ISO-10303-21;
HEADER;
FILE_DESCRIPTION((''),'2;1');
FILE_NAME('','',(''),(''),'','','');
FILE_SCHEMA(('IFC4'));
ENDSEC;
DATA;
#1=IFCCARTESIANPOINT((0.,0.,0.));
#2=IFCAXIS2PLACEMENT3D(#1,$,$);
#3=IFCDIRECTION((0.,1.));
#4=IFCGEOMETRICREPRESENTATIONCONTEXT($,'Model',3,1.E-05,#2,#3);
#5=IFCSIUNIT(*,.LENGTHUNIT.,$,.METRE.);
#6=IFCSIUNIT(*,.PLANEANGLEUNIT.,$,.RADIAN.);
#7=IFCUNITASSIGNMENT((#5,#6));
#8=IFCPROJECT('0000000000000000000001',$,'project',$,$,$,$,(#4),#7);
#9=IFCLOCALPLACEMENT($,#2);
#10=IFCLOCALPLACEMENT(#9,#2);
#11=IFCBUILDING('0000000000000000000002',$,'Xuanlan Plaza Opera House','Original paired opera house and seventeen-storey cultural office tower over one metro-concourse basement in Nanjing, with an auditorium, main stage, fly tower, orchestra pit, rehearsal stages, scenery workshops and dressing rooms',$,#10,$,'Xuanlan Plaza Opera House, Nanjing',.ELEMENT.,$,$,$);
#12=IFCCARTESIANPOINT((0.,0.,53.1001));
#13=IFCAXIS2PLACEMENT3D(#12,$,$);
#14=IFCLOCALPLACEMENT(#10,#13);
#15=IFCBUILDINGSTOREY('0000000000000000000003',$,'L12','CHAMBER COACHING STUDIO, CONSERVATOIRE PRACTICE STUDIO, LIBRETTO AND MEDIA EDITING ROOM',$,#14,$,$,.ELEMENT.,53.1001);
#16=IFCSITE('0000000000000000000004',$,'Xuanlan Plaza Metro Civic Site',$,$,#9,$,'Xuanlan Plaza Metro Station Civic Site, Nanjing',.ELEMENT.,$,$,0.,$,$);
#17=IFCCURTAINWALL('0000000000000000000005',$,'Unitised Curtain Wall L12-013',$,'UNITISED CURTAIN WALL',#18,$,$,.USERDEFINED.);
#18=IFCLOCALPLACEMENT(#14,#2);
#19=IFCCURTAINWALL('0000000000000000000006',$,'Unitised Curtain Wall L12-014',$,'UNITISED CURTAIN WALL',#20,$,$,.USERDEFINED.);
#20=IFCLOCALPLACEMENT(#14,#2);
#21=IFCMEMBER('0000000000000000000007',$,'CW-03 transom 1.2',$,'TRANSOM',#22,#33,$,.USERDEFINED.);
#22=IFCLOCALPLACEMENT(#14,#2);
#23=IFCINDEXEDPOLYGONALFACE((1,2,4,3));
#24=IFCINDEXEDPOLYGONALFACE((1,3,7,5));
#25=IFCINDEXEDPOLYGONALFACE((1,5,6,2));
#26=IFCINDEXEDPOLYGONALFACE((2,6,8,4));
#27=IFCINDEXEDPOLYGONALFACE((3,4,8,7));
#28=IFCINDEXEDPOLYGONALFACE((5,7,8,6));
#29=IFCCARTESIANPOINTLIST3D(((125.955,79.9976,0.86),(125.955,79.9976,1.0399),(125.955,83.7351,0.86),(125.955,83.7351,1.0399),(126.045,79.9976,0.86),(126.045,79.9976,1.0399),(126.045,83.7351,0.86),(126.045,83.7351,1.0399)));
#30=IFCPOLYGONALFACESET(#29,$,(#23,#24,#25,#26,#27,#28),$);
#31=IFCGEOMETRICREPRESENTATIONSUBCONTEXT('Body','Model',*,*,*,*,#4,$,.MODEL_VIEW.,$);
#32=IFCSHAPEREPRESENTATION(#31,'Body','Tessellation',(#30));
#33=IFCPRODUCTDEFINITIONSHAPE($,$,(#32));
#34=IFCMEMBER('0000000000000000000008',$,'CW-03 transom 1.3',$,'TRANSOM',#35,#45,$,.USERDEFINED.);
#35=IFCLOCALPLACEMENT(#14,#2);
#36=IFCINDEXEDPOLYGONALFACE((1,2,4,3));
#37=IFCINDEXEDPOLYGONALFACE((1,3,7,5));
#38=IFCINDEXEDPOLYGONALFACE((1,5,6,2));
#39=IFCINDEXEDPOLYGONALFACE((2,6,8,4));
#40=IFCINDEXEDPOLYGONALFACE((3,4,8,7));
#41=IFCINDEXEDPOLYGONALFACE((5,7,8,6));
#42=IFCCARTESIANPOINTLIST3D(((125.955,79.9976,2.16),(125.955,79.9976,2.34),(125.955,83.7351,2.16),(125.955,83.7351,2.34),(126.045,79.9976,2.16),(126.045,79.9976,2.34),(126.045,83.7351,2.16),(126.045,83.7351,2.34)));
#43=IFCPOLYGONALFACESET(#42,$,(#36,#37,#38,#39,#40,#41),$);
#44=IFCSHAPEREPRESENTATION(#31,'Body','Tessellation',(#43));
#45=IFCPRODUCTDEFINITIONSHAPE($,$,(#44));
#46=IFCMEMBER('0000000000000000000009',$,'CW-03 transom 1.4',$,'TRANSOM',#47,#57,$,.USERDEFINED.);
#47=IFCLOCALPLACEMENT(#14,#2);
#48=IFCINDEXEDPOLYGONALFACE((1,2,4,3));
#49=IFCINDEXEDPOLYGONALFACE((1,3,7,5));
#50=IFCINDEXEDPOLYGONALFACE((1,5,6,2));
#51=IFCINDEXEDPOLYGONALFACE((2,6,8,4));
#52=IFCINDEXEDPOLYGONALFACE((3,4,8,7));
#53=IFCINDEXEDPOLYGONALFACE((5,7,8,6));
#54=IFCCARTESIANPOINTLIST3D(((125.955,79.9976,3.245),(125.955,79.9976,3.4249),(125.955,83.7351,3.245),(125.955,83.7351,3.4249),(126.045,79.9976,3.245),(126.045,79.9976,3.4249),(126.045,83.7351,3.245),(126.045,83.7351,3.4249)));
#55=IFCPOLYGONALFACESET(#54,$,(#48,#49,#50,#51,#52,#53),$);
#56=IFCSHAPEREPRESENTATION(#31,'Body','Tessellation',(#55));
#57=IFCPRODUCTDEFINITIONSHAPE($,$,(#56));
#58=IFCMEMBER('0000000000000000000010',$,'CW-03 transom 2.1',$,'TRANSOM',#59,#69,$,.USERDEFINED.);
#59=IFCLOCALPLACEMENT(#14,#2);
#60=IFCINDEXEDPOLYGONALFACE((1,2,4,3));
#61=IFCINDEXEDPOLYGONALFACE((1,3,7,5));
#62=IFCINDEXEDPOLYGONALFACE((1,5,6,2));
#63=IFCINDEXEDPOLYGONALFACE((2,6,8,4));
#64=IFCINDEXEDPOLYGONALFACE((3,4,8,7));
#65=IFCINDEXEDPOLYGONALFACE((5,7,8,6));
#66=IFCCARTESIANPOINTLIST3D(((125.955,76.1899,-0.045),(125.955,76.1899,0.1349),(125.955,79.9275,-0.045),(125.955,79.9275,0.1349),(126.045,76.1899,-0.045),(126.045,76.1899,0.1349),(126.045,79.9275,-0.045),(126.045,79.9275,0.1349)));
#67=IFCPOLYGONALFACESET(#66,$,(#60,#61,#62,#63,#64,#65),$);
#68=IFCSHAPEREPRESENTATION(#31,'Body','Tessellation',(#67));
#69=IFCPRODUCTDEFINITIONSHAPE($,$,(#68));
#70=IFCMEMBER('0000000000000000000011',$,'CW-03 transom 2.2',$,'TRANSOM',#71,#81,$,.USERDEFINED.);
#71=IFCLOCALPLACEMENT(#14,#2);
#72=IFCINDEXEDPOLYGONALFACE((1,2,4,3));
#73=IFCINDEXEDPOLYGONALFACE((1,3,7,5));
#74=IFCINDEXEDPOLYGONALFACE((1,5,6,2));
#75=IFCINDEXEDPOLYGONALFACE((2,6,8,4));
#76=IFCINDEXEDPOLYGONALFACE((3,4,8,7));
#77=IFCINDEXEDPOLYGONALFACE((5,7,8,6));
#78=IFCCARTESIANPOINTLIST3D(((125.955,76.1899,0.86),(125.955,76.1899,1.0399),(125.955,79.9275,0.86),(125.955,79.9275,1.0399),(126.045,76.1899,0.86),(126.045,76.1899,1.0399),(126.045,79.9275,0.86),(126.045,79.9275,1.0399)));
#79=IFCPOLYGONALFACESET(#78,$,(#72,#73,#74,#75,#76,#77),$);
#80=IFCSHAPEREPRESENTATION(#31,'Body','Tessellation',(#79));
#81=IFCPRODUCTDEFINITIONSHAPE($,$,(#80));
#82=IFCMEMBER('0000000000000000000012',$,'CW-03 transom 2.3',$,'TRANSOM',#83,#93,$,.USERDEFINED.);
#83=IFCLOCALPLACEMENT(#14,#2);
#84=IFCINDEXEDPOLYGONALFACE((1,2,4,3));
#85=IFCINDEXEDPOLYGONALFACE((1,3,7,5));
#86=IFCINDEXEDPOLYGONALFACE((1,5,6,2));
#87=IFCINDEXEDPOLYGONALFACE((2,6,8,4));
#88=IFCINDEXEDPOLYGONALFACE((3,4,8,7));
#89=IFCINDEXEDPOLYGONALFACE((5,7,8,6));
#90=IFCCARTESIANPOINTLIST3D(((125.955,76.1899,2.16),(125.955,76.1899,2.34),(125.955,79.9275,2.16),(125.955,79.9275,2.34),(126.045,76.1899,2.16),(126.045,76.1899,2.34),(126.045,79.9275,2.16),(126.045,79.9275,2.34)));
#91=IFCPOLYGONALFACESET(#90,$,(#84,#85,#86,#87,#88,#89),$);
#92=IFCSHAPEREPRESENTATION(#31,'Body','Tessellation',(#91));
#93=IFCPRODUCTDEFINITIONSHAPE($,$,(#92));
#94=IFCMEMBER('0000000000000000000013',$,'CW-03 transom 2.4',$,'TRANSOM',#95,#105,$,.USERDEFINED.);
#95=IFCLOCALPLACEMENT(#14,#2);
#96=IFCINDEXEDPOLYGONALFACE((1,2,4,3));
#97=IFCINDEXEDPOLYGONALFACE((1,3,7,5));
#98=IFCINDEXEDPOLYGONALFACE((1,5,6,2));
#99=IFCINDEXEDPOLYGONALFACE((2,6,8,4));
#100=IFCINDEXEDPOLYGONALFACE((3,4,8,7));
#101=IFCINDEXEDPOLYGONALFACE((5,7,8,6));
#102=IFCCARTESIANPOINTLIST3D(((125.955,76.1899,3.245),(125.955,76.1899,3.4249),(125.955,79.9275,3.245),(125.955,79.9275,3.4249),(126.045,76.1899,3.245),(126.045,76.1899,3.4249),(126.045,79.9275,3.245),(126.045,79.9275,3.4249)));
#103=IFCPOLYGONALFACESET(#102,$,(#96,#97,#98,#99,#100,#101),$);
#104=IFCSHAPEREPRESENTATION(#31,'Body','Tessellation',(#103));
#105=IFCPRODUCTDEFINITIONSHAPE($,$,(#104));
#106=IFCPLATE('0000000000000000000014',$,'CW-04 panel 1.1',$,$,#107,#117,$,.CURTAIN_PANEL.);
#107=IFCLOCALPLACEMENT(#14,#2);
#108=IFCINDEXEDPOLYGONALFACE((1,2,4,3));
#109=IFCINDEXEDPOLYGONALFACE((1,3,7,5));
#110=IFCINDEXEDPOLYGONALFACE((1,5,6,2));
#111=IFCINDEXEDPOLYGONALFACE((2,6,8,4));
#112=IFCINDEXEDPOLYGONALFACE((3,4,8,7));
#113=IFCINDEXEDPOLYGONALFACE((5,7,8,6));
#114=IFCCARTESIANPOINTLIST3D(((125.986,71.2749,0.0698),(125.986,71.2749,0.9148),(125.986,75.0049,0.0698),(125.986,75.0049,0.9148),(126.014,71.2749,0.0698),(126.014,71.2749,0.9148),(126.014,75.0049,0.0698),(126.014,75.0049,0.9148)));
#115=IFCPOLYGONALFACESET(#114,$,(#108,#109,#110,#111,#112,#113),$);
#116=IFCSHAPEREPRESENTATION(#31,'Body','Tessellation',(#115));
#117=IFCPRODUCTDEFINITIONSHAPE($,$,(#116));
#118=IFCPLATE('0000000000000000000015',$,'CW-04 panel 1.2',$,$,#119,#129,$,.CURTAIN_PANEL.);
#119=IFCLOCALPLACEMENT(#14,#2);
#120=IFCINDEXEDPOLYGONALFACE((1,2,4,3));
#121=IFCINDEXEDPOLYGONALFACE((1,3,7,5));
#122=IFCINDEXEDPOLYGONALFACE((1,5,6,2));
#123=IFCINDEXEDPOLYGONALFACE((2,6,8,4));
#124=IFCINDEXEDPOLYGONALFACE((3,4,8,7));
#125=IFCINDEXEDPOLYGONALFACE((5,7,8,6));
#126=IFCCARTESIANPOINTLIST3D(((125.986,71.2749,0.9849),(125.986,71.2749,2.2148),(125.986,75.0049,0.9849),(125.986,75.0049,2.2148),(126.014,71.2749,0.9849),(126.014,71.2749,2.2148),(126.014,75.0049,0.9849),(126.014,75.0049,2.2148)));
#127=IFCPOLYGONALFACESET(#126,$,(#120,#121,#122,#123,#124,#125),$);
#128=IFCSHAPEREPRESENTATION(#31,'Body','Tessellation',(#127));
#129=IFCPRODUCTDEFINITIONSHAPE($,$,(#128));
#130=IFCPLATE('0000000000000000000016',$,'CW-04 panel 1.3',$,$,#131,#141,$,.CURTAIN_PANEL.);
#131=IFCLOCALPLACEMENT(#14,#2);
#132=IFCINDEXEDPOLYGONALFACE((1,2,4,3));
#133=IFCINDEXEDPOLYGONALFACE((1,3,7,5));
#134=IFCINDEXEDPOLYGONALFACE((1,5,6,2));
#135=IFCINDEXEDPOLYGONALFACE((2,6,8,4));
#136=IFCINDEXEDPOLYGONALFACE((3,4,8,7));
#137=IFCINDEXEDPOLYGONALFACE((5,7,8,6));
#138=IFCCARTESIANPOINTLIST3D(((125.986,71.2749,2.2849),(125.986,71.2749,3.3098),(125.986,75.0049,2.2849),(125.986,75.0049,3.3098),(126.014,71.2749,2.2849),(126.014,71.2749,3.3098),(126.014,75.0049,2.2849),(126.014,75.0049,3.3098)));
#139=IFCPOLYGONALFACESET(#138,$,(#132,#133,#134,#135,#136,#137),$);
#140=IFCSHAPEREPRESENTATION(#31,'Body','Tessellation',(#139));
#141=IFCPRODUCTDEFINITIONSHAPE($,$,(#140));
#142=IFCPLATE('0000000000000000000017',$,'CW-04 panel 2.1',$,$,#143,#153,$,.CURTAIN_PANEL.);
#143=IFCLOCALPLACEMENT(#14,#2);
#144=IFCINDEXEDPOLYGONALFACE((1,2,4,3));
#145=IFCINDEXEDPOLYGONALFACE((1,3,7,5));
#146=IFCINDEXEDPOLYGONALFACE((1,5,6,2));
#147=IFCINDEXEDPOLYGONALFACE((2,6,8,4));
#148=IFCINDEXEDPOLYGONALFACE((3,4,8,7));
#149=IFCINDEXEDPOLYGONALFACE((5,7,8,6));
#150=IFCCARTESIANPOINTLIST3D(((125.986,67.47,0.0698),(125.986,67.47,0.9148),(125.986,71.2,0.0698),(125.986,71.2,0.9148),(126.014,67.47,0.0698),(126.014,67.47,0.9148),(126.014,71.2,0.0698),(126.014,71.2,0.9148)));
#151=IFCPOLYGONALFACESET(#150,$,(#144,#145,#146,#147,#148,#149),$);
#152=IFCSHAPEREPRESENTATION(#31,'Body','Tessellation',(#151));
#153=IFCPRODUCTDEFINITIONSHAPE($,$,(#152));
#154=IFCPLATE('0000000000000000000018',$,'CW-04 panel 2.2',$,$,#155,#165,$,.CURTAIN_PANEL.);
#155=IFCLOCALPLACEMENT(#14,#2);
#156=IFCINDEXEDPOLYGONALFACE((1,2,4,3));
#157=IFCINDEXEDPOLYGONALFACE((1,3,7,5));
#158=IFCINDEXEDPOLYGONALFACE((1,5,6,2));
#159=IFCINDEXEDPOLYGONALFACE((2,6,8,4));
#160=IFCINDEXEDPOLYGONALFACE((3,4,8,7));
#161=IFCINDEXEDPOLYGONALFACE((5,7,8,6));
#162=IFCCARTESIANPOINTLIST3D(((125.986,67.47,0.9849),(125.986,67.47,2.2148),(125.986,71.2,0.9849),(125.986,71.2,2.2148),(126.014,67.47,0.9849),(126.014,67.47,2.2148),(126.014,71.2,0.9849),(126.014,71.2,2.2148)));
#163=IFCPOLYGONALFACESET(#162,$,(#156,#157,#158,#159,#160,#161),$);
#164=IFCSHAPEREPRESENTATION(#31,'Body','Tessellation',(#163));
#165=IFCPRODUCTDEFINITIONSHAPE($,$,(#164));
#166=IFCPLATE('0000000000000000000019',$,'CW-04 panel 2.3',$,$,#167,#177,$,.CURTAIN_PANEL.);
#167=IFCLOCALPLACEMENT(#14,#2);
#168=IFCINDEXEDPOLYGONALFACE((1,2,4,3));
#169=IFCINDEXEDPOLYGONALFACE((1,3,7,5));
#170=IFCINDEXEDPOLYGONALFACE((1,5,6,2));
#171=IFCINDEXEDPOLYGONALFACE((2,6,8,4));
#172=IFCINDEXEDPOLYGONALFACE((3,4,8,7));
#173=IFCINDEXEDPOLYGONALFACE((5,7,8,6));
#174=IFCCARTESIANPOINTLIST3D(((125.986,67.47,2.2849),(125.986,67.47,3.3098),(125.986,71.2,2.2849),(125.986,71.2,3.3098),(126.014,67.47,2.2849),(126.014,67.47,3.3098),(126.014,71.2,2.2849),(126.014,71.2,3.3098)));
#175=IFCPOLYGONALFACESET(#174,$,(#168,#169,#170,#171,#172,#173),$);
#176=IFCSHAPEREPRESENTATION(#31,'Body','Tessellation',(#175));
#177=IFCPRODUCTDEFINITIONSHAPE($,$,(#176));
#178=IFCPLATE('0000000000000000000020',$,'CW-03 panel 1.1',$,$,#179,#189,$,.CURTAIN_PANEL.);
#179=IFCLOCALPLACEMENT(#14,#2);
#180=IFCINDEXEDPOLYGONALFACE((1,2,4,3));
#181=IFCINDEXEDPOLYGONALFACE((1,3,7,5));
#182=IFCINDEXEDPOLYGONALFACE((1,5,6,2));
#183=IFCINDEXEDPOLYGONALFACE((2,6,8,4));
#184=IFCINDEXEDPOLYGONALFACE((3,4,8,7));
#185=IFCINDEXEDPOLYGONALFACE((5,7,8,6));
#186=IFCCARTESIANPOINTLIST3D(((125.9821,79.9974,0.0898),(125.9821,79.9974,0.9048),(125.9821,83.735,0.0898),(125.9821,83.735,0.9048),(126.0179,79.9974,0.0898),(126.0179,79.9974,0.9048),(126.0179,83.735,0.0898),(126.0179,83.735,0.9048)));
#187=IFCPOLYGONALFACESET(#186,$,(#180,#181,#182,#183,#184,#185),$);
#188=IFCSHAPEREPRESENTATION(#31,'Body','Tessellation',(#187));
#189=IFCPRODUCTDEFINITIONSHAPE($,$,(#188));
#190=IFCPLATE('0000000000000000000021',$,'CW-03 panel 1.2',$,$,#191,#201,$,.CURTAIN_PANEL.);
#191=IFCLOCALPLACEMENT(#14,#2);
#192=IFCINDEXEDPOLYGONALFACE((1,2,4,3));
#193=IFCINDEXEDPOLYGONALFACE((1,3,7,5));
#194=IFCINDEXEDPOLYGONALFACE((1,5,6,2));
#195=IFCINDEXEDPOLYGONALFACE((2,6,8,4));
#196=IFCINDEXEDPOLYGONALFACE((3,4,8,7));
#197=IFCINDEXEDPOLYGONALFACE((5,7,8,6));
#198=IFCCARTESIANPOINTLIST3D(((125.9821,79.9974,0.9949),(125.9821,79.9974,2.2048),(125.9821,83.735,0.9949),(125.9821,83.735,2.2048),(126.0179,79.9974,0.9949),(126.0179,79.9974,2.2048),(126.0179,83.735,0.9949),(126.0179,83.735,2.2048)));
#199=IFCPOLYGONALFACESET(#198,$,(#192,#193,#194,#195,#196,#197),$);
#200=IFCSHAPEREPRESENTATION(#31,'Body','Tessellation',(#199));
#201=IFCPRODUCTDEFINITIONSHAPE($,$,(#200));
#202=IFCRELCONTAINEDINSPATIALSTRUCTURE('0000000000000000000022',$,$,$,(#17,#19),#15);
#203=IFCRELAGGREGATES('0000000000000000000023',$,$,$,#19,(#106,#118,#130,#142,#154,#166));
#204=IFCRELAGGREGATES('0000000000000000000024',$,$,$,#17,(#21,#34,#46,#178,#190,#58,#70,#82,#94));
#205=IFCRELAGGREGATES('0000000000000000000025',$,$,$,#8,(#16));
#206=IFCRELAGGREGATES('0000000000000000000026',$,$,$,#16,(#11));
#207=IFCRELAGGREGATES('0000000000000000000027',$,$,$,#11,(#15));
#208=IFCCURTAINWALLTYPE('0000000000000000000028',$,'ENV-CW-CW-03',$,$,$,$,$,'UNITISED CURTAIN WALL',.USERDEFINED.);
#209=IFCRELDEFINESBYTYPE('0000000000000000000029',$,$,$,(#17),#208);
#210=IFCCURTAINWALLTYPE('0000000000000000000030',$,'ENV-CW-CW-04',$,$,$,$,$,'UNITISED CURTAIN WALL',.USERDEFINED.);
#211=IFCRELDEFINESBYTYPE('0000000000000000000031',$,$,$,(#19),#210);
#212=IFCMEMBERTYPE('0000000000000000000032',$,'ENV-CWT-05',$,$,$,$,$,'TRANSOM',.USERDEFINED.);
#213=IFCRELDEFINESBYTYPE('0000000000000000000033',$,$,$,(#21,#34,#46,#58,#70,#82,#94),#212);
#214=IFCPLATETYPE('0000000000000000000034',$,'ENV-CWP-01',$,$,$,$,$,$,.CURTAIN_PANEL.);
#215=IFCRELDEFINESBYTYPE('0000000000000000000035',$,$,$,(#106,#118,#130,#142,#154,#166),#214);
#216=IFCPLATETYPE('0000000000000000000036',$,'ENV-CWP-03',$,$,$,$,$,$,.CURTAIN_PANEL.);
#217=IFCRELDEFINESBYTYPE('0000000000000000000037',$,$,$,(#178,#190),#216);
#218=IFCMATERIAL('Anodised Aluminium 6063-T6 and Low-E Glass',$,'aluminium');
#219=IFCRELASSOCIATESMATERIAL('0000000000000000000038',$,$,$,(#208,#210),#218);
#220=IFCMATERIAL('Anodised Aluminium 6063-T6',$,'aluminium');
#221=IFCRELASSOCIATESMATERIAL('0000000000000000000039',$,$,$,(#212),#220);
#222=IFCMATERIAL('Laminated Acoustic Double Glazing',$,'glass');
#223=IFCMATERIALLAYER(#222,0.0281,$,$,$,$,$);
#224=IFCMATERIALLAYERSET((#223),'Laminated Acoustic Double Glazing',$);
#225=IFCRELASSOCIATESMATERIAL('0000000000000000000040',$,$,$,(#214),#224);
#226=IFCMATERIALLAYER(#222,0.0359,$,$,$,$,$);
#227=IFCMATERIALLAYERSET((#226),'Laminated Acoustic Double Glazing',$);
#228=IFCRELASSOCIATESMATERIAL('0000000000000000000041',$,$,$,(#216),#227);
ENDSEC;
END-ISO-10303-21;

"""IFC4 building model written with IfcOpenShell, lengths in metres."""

from ifc_helpers import new_model, si_unit, direction, frame, origin, origin_2d, place, context, subcontext, project, spatial, rectangle, extrude, material, layer, layer_set, material_profile, profile_set, type_object, element, aggregate, save


model = new_model("IFC4")

# Units and contexts
model_context = context("Model", 3, precision=1e-05, world=origin(), true_north=direction((0.0, 1.0)))
body_context = subcontext(model_context, "Body", "Model", "MODEL_VIEW")
ifc_project = project(units=[si_unit("LENGTHUNIT", "METRE"), si_unit("PLANEANGLEUNIT", "RADIAN")], contexts=[model_context])

# Site, building, storey
site_placement = place(None, origin())
site = spatial("IfcSite", under=ifc_project, at=site_placement, Name="Xuanlan Plaza Metro Civic Site", LongName="Xuanlan Plaza Metro Station Civic Site, Nanjing", CompositionType="ELEMENT", RefElevation=0.0)
building_placement = place(site_placement, origin())
building = spatial("IfcBuilding", under=site, at=building_placement, Name="Xuanlan Plaza Opera House", Description="Original paired opera house and seventeen-storey cultural office tower over one metro-concourse basement in Nanjing, with an auditorium, main stage, fly tower, orchestra pit, rehearsal stages, scenery workshops and dressing rooms", LongName="Xuanlan Plaza Opera House, Nanjing", CompositionType="ELEMENT")
storey_placement = place(building_placement, frame((0.0, 0.0, 53.1001)))
storey = spatial("IfcBuildingStorey", under=building, at=storey_placement, Name="L12", Description="CHAMBER COACHING STUDIO, CONSERVATOIRE PRACTICE STUDIO, LIBRETTO AND MEDIA EDITING ROOM", CompositionType="ELEMENT", Elevation=53.1001)

# Curtain walls
ifc_material_1 = material(Name="Anodised Aluminium 6063-T6 and Low-E Glass", Category="aluminium")
curtain_wall_type_1 = type_object("IfcCurtainWallType", Name="ENV-CW-CW-03", ElementType="UNITISED CURTAIN WALL", PredefinedType="USERDEFINED", material=ifc_material_1)
curtain_wall_1_placement = place(storey_placement, origin())
curtain_wall_1 = element("IfcCurtainWall", 1, at=curtain_wall_1_placement, inside=storey, type_object=curtain_wall_type_1, Name="Unitised Curtain Wall L12-013", ObjectType="UNITISED CURTAIN WALL", PredefinedType="USERDEFINED")
ifc_material_2 = material(Name="Anodised Aluminium 6063-T6", Category="aluminium")
curtain_wall_type_2 = type_object("IfcCurtainWallType", Name="ENV-CW-CW-04", ElementType="UNITISED CURTAIN WALL", PredefinedType="USERDEFINED", material=ifc_material_1)
curtain_wall_2_placement = place(storey_placement, origin())
curtain_wall_2 = element("IfcCurtainWall", 2, at=curtain_wall_2_placement, inside=storey, type_object=curtain_wall_type_2, Name="Unitised Curtain Wall L12-014", ObjectType="UNITISED CURTAIN WALL", PredefinedType="USERDEFINED")

# Members
ifc_material_profile_1 = material_profile(ifc_material_2, rectangle(XDim=0.0901, YDim=0.1799, at=origin_2d()), Name="ALU-T 90x180")
ifc_profile_set_1 = profile_set([ifc_material_profile_1], Name="Anodised Aluminium 6063-T6")
member_type_1 = type_object("IfcMemberType", Name="ENV-CWT-05", ElementType="TRANSOM", PredefinedType="USERDEFINED", material=ifc_profile_set_1)
member_1_placement = place(storey_placement, frame((126.0, 83.7351, 0.95), z_axis=(0.0, -1.0, 0.0), x_axis=(1.0, 0.0, 0.0)))
member_1 = element("IfcMember", 3, at=member_1_placement, type_object=member_type_1, Name="CW-03 transom 1.2", ObjectType="TRANSOM", PredefinedType="USERDEFINED", context=body_context, shape_type="SweptSolid", body=[
    extrude(rectangle(XDim=0.0901, YDim=0.1799, at=origin_2d()), origin(), (0.0, 0.0, 1.0), 3.7375),
])
member_2_placement = place(storey_placement, frame((126.0, 83.7351, 2.25), z_axis=(0.0, -1.0, 0.0), x_axis=(1.0, 0.0, 0.0)))
member_2 = element("IfcMember", 4, at=member_2_placement, type_object=member_type_1, Name="CW-03 transom 1.3", ObjectType="TRANSOM", PredefinedType="USERDEFINED", context=body_context, shape_type="SweptSolid", body=[
    extrude(rectangle(XDim=0.0901, YDim=0.1799, at=origin_2d()), origin(), (0.0, 0.0, 1.0), 3.7375),
])
member_3_placement = place(storey_placement, frame((126.0, 83.7351, 3.335), z_axis=(0.0, -1.0, 0.0), x_axis=(1.0, 0.0, 0.0)))
member_3 = element("IfcMember", 5, at=member_3_placement, type_object=member_type_1, Name="CW-03 transom 1.4", ObjectType="TRANSOM", PredefinedType="USERDEFINED", context=body_context, shape_type="SweptSolid", body=[
    extrude(rectangle(XDim=0.0901, YDim=0.1799, at=origin_2d()), origin(), (0.0, 0.0, 1.0), 3.7375),
])
member_4_placement = place(storey_placement, frame((126.0, 79.9275, 0.0449), z_axis=(0.0, -1.0, 0.0), x_axis=(1.0, 0.0, 0.0)))
member_4 = element("IfcMember", 6, at=member_4_placement, type_object=member_type_1, Name="CW-03 transom 2.1", ObjectType="TRANSOM", PredefinedType="USERDEFINED", context=body_context, shape_type="SweptSolid", body=[
    extrude(rectangle(XDim=0.0901, YDim=0.1799, at=origin_2d()), origin(), (0.0, 0.0, 1.0), 3.7375),
])
member_5_placement = place(storey_placement, frame((126.0, 79.9275, 0.95), z_axis=(0.0, -1.0, 0.0), x_axis=(1.0, 0.0, 0.0)))
member_5 = element("IfcMember", 7, at=member_5_placement, type_object=member_type_1, Name="CW-03 transom 2.2", ObjectType="TRANSOM", PredefinedType="USERDEFINED", context=body_context, shape_type="SweptSolid", body=[
    extrude(rectangle(XDim=0.0901, YDim=0.1799, at=origin_2d()), origin(), (0.0, 0.0, 1.0), 3.7375),
])
member_6_placement = place(storey_placement, frame((126.0, 79.9275, 2.25), z_axis=(0.0, -1.0, 0.0), x_axis=(1.0, 0.0, 0.0)))
member_6 = element("IfcMember", 8, at=member_6_placement, type_object=member_type_1, Name="CW-03 transom 2.3", ObjectType="TRANSOM", PredefinedType="USERDEFINED", context=body_context, shape_type="SweptSolid", body=[
    extrude(rectangle(XDim=0.0901, YDim=0.1799, at=origin_2d()), origin(), (0.0, 0.0, 1.0), 3.7375),
])
member_7_placement = place(storey_placement, frame((126.0, 79.9275, 3.335), z_axis=(0.0, -1.0, 0.0), x_axis=(1.0, 0.0, 0.0)))
member_7 = element("IfcMember", 9, at=member_7_placement, type_object=member_type_1, Name="CW-03 transom 2.4", ObjectType="TRANSOM", PredefinedType="USERDEFINED", context=body_context, shape_type="SweptSolid", body=[
    extrude(rectangle(XDim=0.0901, YDim=0.1799, at=origin_2d()), origin(), (0.0, 0.0, 1.0), 3.7375),
])

# Plates
ifc_material_3 = material(Name="Laminated Acoustic Double Glazing", Category="glass")
ifc_layer_1 = layer(ifc_material_3, 0.0281)
ifc_layer_set_1 = layer_set([ifc_layer_1], Name="Laminated Acoustic Double Glazing")
plate_type_1 = type_object("IfcPlateType", Name="ENV-CWP-01", PredefinedType="CURTAIN_PANEL", material=ifc_layer_set_1)
plate_1_placement = place(storey_placement, frame((126.0, 73.1399, 0.0698), z_axis=(0.0, 0.0, 1.0), x_axis=(0.0, -1.0, 0.0)))
plate_1 = element("IfcPlate", 10, at=plate_1_placement, type_object=plate_type_1, Name="CW-04 panel 1.1", PredefinedType="CURTAIN_PANEL", context=body_context, shape_type="SweptSolid", body=[
    extrude(rectangle(XDim=3.73, YDim=0.0281, at=origin_2d()), origin(), (0.0, 0.0, 1.0), 0.845),
])
plate_2_placement = place(storey_placement, frame((126.0, 73.1399, 0.9849), z_axis=(0.0, 0.0, 1.0), x_axis=(0.0, -1.0, 0.0)))
plate_2 = element("IfcPlate", 11, at=plate_2_placement, type_object=plate_type_1, Name="CW-04 panel 1.2", PredefinedType="CURTAIN_PANEL", context=body_context, shape_type="SweptSolid", body=[
    extrude(rectangle(XDim=3.73, YDim=0.0281, at=origin_2d()), origin(), (0.0, 0.0, 1.0), 1.23),
])
plate_3_placement = place(storey_placement, frame((126.0, 73.1399, 2.2849), z_axis=(0.0, 0.0, 1.0), x_axis=(0.0, -1.0, 0.0)))
plate_3 = element("IfcPlate", 12, at=plate_3_placement, type_object=plate_type_1, Name="CW-04 panel 1.3", PredefinedType="CURTAIN_PANEL", context=body_context, shape_type="SweptSolid", body=[
    extrude(rectangle(XDim=3.73, YDim=0.0281, at=origin_2d()), origin(), (0.0, 0.0, 1.0), 1.0249),
])
plate_4_placement = place(storey_placement, frame((126.0, 69.335, 0.0698), z_axis=(0.0, 0.0, 1.0), x_axis=(0.0, -1.0, 0.0)))
plate_4 = element("IfcPlate", 13, at=plate_4_placement, type_object=plate_type_1, Name="CW-04 panel 2.1", PredefinedType="CURTAIN_PANEL", context=body_context, shape_type="SweptSolid", body=[
    extrude(rectangle(XDim=3.73, YDim=0.0281, at=origin_2d()), origin(), (0.0, 0.0, 1.0), 0.845),
])
plate_5_placement = place(storey_placement, frame((126.0, 69.335, 0.9849), z_axis=(0.0, 0.0, 1.0), x_axis=(0.0, -1.0, 0.0)))
plate_5 = element("IfcPlate", 14, at=plate_5_placement, type_object=plate_type_1, Name="CW-04 panel 2.2", PredefinedType="CURTAIN_PANEL", context=body_context, shape_type="SweptSolid", body=[
    extrude(rectangle(XDim=3.73, YDim=0.0281, at=origin_2d()), origin(), (0.0, 0.0, 1.0), 1.23),
])
plate_6_placement = place(storey_placement, frame((126.0, 69.335, 2.2849), z_axis=(0.0, 0.0, 1.0), x_axis=(0.0, -1.0, 0.0)))
plate_6 = element("IfcPlate", 15, at=plate_6_placement, type_object=plate_type_1, Name="CW-04 panel 2.3", PredefinedType="CURTAIN_PANEL", context=body_context, shape_type="SweptSolid", body=[
    extrude(rectangle(XDim=3.73, YDim=0.0281, at=origin_2d()), origin(), (0.0, 0.0, 1.0), 1.0249),
])
aggregate(curtain_wall_2, [plate_1, plate_2, plate_3, plate_4, plate_5, plate_6])
ifc_layer_2 = layer(ifc_material_3, 0.0359)
ifc_layer_set_2 = layer_set([ifc_layer_2], Name="Laminated Acoustic Double Glazing")
plate_type_2 = type_object("IfcPlateType", Name="ENV-CWP-03", PredefinedType="CURTAIN_PANEL", material=ifc_layer_set_2)
plate_7_placement = place(storey_placement, frame((126.0, 81.8662, 0.0898), z_axis=(0.0, 0.0, 1.0), x_axis=(0.0, -1.0, 0.0)))
plate_7 = element("IfcPlate", 16, at=plate_7_placement, type_object=plate_type_2, Name="CW-03 panel 1.1", PredefinedType="CURTAIN_PANEL", context=body_context, shape_type="SweptSolid", body=[
    extrude(rectangle(XDim=3.7375, YDim=0.0359, at=origin_2d()), origin(), (0.0, 0.0, 1.0), 0.8149),
])
plate_8_placement = place(storey_placement, frame((126.0, 81.8662, 0.9949), z_axis=(0.0, 0.0, 1.0), x_axis=(0.0, -1.0, 0.0)))
plate_8 = element("IfcPlate", 17, at=plate_8_placement, type_object=plate_type_2, Name="CW-03 panel 1.2", PredefinedType="CURTAIN_PANEL", context=body_context, shape_type="SweptSolid", body=[
    extrude(rectangle(XDim=3.7375, YDim=0.0359, at=origin_2d()), origin(), (0.0, 0.0, 1.0), 1.21),
])
aggregate(curtain_wall_1, [member_1, member_2, member_3, plate_7, plate_8, member_4, member_5, member_6, member_7])

save(model, "model.ifc")
